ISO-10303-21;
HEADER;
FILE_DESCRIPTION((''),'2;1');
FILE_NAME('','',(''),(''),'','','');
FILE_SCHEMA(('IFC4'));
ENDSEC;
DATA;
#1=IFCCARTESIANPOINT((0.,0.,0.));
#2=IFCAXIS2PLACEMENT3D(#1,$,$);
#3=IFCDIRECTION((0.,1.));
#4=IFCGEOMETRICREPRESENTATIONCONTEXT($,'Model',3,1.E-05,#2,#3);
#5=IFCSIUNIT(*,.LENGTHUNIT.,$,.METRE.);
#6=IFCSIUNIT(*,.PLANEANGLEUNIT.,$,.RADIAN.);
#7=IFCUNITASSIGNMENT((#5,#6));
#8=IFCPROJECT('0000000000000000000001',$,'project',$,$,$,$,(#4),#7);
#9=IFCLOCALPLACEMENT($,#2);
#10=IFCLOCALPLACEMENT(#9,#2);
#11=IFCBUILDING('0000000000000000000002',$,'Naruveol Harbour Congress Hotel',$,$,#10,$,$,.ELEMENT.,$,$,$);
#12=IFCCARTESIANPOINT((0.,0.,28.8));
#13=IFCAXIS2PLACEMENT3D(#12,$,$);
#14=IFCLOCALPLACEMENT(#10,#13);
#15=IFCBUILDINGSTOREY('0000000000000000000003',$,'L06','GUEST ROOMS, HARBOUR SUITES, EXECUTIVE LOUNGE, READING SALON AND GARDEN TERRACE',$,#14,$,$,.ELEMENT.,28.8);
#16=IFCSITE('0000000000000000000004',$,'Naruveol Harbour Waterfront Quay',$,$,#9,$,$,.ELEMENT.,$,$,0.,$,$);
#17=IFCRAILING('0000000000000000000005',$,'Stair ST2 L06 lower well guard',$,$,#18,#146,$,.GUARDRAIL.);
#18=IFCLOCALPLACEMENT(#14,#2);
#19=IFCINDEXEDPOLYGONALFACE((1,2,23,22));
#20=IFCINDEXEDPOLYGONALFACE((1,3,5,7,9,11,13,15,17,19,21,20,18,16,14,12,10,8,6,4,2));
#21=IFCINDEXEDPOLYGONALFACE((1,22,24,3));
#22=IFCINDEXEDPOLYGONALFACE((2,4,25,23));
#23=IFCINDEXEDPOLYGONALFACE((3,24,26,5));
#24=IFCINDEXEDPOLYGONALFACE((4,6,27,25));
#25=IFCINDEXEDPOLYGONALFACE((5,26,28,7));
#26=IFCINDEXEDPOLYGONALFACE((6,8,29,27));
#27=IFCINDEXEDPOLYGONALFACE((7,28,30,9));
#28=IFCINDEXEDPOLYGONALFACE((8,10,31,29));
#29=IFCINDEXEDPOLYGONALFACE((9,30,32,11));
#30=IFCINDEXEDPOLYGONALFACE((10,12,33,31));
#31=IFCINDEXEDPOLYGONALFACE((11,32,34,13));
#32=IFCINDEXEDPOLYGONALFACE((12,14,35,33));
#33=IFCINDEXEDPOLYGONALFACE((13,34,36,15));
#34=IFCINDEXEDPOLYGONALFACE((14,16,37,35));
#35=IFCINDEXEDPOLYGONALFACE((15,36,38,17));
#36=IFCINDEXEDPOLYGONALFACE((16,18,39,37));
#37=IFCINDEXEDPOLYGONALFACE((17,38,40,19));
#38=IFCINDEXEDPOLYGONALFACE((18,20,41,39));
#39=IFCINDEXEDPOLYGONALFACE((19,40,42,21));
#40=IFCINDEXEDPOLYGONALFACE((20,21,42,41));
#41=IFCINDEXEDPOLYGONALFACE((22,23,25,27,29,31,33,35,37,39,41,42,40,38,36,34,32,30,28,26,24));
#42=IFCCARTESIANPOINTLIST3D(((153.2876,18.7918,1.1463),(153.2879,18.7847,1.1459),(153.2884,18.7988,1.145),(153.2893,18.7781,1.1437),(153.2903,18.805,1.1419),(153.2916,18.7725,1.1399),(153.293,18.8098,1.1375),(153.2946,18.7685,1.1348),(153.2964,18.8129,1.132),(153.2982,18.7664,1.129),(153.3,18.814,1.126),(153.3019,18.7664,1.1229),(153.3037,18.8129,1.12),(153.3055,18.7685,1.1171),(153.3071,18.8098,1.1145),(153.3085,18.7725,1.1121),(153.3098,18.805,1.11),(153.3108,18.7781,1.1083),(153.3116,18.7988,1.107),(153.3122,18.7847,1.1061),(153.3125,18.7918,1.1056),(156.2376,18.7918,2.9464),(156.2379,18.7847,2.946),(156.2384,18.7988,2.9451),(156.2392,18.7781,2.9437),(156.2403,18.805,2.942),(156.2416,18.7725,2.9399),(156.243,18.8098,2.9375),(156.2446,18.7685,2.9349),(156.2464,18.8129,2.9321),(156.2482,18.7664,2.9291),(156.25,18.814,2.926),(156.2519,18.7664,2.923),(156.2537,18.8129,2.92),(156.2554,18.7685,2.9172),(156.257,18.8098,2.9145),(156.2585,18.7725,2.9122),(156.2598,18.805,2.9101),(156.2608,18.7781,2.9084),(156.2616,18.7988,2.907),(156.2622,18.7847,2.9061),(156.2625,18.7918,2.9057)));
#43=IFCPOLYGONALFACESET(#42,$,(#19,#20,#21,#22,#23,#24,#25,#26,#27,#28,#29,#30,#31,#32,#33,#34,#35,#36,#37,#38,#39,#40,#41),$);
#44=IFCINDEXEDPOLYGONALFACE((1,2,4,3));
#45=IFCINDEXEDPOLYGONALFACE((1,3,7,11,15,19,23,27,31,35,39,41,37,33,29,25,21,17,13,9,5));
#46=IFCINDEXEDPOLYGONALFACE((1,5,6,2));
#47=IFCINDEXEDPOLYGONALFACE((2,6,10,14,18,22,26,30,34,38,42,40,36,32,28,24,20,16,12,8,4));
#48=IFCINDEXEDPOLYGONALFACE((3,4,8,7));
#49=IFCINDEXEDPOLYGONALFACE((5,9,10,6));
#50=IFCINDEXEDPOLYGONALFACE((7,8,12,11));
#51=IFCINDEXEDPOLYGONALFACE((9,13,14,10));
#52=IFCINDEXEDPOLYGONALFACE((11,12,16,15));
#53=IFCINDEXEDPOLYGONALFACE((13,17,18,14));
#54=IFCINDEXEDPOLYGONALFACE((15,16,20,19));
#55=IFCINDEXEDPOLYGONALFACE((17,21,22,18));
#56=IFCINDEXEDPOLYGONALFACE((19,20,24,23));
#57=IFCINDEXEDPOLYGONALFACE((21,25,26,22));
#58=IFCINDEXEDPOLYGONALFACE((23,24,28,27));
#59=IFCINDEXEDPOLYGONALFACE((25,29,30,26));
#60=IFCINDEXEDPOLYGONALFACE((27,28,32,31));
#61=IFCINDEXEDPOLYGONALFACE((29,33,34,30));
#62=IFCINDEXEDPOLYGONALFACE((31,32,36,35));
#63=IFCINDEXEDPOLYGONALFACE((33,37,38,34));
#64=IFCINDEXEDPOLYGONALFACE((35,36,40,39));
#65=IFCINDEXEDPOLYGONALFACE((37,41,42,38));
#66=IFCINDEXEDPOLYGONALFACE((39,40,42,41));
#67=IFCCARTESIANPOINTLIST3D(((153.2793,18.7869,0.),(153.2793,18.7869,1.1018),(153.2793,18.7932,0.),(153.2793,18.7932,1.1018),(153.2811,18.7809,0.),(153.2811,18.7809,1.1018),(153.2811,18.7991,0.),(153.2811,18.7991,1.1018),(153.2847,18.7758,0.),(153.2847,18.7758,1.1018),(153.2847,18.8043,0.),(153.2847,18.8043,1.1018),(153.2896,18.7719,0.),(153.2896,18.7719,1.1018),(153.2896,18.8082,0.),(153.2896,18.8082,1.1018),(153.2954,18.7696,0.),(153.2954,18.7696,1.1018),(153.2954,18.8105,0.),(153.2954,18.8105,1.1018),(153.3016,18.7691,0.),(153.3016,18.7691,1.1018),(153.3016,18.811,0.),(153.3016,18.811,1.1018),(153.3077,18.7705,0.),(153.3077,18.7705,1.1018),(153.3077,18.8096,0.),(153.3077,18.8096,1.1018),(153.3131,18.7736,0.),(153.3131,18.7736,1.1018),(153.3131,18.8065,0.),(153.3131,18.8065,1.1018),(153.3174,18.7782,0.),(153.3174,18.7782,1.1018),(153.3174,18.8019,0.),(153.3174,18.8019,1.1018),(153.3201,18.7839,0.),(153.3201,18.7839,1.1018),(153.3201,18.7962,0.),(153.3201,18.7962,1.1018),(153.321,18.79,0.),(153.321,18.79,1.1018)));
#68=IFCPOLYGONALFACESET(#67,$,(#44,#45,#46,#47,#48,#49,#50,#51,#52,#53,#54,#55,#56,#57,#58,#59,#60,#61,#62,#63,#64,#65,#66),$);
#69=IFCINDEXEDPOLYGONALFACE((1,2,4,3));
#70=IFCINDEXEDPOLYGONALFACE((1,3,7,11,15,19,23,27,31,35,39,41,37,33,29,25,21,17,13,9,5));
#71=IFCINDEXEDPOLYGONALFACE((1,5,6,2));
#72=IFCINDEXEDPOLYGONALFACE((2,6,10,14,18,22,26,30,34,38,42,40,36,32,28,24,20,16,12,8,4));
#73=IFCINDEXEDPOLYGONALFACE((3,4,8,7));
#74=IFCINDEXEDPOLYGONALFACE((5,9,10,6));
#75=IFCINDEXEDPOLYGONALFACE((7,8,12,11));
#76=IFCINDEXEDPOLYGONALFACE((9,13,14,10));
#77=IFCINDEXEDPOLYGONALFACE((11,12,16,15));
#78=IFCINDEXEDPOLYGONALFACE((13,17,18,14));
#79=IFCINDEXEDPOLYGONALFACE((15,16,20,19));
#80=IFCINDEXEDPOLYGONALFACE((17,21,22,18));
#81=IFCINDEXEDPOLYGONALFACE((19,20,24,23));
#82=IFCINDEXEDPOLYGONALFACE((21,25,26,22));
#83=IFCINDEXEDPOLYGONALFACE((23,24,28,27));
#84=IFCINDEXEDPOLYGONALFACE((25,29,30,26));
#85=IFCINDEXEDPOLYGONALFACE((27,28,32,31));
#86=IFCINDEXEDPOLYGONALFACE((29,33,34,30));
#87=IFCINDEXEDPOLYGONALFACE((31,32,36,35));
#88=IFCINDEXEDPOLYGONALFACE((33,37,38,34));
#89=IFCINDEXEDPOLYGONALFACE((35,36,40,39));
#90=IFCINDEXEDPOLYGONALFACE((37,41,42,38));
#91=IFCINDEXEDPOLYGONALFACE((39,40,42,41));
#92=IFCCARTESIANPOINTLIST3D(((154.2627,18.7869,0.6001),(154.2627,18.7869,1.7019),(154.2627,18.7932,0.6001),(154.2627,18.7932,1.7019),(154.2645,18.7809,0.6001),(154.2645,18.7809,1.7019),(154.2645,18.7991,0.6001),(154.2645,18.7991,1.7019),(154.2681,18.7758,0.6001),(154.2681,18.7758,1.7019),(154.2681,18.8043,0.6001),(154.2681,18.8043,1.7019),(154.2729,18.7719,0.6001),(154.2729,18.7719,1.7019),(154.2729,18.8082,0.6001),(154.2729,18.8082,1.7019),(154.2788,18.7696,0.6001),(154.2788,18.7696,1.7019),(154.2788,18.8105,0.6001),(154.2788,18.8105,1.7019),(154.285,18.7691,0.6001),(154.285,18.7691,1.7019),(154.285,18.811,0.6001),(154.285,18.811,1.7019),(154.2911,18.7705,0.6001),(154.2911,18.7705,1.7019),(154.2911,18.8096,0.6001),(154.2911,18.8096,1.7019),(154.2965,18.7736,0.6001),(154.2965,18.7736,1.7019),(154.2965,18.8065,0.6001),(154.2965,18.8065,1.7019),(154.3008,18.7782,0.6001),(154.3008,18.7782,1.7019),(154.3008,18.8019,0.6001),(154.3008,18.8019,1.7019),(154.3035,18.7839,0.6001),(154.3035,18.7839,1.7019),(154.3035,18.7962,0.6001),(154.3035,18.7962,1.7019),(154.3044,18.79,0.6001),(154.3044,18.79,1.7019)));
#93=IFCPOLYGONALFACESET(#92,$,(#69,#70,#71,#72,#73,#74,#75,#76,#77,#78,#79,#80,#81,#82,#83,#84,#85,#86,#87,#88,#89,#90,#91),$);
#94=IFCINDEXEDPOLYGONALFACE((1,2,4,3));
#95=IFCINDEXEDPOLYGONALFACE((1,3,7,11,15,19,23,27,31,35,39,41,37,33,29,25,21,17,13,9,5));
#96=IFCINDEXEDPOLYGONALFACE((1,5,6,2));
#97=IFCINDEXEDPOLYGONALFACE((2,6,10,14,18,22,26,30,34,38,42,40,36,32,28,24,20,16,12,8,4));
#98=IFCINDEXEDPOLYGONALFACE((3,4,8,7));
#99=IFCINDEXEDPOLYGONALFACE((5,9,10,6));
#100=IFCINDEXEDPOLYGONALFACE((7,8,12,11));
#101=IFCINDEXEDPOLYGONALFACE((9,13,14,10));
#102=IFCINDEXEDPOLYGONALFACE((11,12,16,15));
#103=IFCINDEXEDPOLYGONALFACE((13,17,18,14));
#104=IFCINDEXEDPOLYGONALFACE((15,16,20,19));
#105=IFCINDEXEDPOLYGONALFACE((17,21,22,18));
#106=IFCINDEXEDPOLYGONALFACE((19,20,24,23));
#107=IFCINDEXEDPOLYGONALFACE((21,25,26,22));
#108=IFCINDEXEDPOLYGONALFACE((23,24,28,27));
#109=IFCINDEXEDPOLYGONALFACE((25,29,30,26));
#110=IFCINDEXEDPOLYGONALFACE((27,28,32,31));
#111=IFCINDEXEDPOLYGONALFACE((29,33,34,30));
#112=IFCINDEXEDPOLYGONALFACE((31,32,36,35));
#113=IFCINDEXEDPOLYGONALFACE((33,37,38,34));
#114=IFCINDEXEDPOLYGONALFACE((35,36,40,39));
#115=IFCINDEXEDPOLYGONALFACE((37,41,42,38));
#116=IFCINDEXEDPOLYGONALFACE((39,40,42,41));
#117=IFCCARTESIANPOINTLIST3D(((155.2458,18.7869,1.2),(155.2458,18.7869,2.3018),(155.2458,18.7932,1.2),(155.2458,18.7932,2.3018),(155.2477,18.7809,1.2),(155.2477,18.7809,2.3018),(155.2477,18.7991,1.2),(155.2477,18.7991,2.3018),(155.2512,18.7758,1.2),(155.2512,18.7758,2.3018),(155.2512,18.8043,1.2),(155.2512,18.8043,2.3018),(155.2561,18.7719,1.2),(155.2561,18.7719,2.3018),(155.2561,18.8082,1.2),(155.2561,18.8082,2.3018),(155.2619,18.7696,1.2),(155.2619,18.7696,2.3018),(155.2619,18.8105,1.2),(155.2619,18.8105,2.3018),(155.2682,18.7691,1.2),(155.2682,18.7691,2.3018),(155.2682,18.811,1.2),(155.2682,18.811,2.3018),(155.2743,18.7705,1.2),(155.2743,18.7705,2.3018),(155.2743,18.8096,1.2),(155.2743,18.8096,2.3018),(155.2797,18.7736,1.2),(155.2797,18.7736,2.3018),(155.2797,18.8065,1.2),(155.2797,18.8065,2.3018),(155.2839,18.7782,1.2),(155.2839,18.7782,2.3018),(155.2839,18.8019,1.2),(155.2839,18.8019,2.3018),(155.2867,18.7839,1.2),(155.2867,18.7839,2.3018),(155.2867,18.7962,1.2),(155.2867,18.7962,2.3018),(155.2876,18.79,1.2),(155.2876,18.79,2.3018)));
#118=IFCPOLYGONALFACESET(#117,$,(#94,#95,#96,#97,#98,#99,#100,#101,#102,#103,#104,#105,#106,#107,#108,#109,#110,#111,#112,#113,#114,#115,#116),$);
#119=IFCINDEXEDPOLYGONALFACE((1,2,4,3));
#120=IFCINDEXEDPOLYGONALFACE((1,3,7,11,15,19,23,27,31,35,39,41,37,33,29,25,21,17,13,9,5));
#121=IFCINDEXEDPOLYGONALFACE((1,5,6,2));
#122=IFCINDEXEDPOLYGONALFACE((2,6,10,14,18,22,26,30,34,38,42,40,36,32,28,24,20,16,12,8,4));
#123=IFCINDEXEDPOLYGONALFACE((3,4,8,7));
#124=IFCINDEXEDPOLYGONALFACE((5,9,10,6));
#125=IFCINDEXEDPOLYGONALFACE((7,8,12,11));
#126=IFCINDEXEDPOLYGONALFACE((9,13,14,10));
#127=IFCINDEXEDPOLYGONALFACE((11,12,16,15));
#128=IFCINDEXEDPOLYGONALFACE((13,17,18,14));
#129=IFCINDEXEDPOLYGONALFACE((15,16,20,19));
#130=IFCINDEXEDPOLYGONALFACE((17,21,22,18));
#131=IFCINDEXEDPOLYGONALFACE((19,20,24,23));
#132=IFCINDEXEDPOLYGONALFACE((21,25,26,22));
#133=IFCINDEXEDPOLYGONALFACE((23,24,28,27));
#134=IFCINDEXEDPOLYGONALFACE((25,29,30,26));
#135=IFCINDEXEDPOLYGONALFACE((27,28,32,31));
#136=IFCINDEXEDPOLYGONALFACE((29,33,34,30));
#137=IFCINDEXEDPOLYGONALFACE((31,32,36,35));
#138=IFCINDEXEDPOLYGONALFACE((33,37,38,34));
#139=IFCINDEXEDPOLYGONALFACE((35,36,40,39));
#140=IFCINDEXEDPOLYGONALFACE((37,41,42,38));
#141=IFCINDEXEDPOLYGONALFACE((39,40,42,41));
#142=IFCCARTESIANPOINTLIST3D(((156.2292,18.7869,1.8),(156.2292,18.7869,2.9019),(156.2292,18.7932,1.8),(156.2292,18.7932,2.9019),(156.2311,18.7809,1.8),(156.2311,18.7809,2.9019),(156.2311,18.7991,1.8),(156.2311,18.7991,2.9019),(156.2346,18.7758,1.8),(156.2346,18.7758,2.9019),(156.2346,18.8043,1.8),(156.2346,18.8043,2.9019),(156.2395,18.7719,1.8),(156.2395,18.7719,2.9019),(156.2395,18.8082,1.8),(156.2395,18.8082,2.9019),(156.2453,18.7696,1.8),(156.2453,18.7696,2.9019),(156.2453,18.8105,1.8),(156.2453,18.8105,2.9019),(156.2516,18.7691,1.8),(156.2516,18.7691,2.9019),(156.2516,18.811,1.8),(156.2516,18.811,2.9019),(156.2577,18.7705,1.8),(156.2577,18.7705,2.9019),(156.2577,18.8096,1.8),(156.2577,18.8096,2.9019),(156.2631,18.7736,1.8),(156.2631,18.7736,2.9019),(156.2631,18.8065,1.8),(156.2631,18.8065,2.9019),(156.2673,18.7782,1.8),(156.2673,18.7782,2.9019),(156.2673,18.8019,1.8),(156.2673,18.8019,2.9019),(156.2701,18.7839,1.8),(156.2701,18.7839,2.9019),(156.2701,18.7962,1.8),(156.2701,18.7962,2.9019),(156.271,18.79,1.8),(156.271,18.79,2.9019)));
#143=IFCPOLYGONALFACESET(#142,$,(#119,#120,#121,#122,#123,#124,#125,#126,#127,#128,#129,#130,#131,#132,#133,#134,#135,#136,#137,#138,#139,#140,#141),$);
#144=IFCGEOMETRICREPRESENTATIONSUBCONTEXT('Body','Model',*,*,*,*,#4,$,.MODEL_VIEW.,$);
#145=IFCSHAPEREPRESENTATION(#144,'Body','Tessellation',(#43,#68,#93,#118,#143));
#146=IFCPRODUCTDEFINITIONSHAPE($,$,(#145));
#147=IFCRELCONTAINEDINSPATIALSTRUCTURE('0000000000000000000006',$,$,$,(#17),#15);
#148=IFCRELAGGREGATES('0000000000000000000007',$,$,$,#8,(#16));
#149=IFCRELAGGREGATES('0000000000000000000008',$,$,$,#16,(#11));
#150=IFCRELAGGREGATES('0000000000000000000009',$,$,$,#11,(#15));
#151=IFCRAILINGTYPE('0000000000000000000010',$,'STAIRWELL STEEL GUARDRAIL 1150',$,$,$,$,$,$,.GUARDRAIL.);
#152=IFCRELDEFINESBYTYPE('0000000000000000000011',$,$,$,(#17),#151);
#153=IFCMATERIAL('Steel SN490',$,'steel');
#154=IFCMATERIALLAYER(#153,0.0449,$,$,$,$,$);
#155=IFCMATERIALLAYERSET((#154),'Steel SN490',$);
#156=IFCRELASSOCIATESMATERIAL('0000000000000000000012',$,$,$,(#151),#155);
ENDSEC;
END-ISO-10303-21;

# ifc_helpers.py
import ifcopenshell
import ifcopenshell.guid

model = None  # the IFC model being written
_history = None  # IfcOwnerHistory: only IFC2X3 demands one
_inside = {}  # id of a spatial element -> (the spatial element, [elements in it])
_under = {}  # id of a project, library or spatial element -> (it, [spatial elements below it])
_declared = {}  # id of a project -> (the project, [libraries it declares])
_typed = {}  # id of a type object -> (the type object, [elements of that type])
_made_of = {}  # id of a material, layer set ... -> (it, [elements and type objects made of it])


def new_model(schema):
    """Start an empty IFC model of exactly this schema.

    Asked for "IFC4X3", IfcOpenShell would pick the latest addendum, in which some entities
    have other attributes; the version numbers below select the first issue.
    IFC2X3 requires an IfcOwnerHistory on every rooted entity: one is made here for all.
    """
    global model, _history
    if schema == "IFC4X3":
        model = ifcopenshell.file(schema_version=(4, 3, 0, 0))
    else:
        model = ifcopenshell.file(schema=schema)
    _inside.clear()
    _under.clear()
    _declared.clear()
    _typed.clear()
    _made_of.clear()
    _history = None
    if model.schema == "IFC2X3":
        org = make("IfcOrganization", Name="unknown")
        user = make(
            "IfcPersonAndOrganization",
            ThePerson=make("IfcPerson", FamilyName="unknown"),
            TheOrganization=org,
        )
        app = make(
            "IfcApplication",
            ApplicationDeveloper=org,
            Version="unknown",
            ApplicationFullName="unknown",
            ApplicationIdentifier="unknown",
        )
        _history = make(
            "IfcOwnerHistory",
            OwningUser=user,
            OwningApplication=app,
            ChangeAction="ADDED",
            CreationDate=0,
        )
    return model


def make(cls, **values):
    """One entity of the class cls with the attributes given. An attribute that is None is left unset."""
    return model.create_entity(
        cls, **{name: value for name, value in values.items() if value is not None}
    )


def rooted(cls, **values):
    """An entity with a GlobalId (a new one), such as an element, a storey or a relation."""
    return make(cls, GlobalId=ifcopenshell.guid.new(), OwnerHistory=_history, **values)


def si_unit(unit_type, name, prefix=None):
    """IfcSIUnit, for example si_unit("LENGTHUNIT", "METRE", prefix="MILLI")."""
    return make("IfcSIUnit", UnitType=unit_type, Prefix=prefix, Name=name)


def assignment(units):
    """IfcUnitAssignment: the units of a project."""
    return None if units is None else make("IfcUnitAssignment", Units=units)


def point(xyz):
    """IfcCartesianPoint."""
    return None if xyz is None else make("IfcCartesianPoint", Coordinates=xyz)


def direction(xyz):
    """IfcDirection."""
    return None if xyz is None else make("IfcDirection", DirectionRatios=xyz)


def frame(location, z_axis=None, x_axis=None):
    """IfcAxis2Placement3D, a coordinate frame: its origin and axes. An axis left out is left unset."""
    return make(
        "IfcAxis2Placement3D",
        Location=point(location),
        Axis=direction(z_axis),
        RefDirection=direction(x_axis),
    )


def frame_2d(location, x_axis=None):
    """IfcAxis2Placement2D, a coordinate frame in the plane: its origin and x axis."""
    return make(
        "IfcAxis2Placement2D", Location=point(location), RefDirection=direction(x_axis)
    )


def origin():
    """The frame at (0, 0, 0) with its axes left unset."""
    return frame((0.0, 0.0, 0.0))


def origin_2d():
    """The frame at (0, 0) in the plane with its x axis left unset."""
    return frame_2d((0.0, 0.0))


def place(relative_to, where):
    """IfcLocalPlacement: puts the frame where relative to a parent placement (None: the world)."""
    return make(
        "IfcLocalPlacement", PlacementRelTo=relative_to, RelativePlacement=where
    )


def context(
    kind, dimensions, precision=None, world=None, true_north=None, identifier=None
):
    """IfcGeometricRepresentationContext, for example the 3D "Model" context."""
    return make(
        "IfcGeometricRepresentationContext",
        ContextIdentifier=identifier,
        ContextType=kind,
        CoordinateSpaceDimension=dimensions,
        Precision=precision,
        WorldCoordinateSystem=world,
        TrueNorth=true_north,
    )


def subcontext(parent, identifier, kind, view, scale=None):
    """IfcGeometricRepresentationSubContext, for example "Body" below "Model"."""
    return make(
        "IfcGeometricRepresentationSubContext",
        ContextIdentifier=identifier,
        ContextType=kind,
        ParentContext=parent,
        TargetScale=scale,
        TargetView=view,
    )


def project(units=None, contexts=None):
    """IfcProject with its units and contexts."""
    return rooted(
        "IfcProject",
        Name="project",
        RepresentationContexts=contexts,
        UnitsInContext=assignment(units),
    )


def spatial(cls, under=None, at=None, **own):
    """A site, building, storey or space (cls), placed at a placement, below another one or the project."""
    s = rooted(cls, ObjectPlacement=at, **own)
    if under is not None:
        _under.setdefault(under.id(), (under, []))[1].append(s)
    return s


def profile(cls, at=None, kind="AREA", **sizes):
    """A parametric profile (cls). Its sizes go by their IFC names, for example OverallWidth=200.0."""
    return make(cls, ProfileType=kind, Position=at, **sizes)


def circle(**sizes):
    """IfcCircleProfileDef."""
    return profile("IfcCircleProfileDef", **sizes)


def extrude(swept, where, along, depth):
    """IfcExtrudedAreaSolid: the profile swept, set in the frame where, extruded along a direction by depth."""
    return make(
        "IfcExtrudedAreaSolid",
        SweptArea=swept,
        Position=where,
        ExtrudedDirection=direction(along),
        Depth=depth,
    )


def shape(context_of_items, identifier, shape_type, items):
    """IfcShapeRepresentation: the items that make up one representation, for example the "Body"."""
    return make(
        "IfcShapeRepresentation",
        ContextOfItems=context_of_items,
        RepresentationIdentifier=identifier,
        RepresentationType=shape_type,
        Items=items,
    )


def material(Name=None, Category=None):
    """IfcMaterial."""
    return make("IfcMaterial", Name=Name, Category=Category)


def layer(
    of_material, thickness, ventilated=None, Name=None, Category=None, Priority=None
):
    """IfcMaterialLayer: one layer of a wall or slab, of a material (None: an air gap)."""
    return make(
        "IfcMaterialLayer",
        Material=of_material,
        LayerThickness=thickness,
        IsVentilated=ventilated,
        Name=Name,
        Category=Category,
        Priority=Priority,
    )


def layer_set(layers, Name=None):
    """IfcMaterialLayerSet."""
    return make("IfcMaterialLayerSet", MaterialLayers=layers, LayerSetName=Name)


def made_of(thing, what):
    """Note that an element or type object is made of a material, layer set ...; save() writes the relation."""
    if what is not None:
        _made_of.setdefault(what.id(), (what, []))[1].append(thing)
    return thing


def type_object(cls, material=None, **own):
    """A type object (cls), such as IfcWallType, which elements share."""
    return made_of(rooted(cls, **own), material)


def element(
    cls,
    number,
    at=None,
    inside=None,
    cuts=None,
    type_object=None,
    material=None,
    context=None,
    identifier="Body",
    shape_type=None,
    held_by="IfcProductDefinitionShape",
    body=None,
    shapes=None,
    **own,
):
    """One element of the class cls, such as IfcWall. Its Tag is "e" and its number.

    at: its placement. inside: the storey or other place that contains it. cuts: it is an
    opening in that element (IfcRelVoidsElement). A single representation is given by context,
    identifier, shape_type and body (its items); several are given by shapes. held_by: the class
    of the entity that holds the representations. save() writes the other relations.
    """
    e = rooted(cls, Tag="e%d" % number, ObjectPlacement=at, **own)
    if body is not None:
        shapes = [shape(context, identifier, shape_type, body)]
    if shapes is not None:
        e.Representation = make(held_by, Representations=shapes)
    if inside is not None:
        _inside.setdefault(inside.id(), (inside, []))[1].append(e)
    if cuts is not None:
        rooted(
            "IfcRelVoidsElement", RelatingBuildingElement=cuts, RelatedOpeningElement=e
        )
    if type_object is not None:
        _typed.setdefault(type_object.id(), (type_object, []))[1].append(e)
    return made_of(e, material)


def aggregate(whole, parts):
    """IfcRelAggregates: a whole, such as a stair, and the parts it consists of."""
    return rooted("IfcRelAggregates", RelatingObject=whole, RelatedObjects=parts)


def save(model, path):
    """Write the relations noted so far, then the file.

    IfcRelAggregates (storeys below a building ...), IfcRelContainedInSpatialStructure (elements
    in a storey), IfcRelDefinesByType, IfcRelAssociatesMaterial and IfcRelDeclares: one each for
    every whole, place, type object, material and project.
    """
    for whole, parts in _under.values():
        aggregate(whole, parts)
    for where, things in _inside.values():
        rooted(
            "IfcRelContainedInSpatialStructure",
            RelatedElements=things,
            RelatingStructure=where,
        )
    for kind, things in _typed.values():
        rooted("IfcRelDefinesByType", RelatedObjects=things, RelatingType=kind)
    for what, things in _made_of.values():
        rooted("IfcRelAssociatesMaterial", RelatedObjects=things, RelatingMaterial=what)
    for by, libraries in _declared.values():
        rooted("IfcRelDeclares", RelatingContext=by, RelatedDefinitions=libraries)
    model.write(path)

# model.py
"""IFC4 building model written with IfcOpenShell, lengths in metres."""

from ifc_helpers import new_model, si_unit, direction, frame, origin, origin_2d, place, context, subcontext, project, spatial, circle, extrude, material, layer, layer_set, type_object, element, save


model = new_model("IFC4")

# Units and contexts
model_context = context("Model", 3, precision=1e-05, world=origin(), true_north=direction((0.0, 1.0)))
body_context = subcontext(model_context, "Body", "Model", "MODEL_VIEW")
ifc_project = project(units=[si_unit("LENGTHUNIT", "METRE"), si_unit("PLANEANGLEUNIT", "RADIAN")], contexts=[model_context])

# Site, building, storey
site_placement = place(None, origin())
site = spatial("IfcSite", under=ifc_project, at=site_placement, Name="Naruveol Harbour Waterfront Quay", CompositionType="ELEMENT", RefElevation=0.0)
building_placement = place(site_placement, origin())
building = spatial("IfcBuilding", under=site, at=building_placement, Name="Naruveol Harbour Congress Hotel", CompositionType="ELEMENT")
storey_placement = place(building_placement, frame((0.0, 0.0, 28.8)))
storey = spatial("IfcBuildingStorey", under=building, at=storey_placement, Name="L06", Description="GUEST ROOMS, HARBOUR SUITES, EXECUTIVE LOUNGE, READING SALON AND GARDEN TERRACE", CompositionType="ELEMENT", Elevation=28.8)

# Railing
ifc_material_1 = material(Name="Steel SN490", Category="steel")
ifc_layer_1 = layer(ifc_material_1, 0.0449)
ifc_layer_set_1 = layer_set([ifc_layer_1], Name="Steel SN490")
railing_type_1 = type_object("IfcRailingType", Name="STAIRWELL STEEL GUARDRAIL 1150", PredefinedType="GUARDRAIL", material=ifc_layer_set_1)
railing_1_placement = place(storey_placement, frame((153.3, 18.79, 0.0)))
element("IfcRailing", 1, at=railing_1_placement, inside=storey, type_object=railing_type_1, Name="Stair ST2 L06 lower well guard", PredefinedType="GUARDRAIL", context=body_context, shape_type="SweptSolid", body=[
    extrude(circle(Radius=0.0239, at=origin_2d()), frame((0.0, 0.0, 1.126), z_axis=(0.853629, 0.0, 0.520881), x_axis=(0.0, 1.0, 0.0)), (0.0, 0.0, 1.0), 3.4558),
    extrude(circle(Radius=0.021, at=origin_2d()), origin(), (0.0, 0.0, 1.0), 1.1018),
    extrude(circle(Radius=0.021, at=origin_2d()), frame((0.9834, 0.0, 0.6001)), (0.0, 0.0, 1.0), 1.1018),
    extrude(circle(Radius=0.021, at=origin_2d()), frame((1.9666, 0.0, 1.2)), (0.0, 0.0, 1.0), 1.1018),
    extrude(circle(Radius=0.021, at=origin_2d()), frame((2.95, 0.0, 1.8)), (0.0, 0.0, 1.0), 1.1018),
])

save(model, "model.ifc")
